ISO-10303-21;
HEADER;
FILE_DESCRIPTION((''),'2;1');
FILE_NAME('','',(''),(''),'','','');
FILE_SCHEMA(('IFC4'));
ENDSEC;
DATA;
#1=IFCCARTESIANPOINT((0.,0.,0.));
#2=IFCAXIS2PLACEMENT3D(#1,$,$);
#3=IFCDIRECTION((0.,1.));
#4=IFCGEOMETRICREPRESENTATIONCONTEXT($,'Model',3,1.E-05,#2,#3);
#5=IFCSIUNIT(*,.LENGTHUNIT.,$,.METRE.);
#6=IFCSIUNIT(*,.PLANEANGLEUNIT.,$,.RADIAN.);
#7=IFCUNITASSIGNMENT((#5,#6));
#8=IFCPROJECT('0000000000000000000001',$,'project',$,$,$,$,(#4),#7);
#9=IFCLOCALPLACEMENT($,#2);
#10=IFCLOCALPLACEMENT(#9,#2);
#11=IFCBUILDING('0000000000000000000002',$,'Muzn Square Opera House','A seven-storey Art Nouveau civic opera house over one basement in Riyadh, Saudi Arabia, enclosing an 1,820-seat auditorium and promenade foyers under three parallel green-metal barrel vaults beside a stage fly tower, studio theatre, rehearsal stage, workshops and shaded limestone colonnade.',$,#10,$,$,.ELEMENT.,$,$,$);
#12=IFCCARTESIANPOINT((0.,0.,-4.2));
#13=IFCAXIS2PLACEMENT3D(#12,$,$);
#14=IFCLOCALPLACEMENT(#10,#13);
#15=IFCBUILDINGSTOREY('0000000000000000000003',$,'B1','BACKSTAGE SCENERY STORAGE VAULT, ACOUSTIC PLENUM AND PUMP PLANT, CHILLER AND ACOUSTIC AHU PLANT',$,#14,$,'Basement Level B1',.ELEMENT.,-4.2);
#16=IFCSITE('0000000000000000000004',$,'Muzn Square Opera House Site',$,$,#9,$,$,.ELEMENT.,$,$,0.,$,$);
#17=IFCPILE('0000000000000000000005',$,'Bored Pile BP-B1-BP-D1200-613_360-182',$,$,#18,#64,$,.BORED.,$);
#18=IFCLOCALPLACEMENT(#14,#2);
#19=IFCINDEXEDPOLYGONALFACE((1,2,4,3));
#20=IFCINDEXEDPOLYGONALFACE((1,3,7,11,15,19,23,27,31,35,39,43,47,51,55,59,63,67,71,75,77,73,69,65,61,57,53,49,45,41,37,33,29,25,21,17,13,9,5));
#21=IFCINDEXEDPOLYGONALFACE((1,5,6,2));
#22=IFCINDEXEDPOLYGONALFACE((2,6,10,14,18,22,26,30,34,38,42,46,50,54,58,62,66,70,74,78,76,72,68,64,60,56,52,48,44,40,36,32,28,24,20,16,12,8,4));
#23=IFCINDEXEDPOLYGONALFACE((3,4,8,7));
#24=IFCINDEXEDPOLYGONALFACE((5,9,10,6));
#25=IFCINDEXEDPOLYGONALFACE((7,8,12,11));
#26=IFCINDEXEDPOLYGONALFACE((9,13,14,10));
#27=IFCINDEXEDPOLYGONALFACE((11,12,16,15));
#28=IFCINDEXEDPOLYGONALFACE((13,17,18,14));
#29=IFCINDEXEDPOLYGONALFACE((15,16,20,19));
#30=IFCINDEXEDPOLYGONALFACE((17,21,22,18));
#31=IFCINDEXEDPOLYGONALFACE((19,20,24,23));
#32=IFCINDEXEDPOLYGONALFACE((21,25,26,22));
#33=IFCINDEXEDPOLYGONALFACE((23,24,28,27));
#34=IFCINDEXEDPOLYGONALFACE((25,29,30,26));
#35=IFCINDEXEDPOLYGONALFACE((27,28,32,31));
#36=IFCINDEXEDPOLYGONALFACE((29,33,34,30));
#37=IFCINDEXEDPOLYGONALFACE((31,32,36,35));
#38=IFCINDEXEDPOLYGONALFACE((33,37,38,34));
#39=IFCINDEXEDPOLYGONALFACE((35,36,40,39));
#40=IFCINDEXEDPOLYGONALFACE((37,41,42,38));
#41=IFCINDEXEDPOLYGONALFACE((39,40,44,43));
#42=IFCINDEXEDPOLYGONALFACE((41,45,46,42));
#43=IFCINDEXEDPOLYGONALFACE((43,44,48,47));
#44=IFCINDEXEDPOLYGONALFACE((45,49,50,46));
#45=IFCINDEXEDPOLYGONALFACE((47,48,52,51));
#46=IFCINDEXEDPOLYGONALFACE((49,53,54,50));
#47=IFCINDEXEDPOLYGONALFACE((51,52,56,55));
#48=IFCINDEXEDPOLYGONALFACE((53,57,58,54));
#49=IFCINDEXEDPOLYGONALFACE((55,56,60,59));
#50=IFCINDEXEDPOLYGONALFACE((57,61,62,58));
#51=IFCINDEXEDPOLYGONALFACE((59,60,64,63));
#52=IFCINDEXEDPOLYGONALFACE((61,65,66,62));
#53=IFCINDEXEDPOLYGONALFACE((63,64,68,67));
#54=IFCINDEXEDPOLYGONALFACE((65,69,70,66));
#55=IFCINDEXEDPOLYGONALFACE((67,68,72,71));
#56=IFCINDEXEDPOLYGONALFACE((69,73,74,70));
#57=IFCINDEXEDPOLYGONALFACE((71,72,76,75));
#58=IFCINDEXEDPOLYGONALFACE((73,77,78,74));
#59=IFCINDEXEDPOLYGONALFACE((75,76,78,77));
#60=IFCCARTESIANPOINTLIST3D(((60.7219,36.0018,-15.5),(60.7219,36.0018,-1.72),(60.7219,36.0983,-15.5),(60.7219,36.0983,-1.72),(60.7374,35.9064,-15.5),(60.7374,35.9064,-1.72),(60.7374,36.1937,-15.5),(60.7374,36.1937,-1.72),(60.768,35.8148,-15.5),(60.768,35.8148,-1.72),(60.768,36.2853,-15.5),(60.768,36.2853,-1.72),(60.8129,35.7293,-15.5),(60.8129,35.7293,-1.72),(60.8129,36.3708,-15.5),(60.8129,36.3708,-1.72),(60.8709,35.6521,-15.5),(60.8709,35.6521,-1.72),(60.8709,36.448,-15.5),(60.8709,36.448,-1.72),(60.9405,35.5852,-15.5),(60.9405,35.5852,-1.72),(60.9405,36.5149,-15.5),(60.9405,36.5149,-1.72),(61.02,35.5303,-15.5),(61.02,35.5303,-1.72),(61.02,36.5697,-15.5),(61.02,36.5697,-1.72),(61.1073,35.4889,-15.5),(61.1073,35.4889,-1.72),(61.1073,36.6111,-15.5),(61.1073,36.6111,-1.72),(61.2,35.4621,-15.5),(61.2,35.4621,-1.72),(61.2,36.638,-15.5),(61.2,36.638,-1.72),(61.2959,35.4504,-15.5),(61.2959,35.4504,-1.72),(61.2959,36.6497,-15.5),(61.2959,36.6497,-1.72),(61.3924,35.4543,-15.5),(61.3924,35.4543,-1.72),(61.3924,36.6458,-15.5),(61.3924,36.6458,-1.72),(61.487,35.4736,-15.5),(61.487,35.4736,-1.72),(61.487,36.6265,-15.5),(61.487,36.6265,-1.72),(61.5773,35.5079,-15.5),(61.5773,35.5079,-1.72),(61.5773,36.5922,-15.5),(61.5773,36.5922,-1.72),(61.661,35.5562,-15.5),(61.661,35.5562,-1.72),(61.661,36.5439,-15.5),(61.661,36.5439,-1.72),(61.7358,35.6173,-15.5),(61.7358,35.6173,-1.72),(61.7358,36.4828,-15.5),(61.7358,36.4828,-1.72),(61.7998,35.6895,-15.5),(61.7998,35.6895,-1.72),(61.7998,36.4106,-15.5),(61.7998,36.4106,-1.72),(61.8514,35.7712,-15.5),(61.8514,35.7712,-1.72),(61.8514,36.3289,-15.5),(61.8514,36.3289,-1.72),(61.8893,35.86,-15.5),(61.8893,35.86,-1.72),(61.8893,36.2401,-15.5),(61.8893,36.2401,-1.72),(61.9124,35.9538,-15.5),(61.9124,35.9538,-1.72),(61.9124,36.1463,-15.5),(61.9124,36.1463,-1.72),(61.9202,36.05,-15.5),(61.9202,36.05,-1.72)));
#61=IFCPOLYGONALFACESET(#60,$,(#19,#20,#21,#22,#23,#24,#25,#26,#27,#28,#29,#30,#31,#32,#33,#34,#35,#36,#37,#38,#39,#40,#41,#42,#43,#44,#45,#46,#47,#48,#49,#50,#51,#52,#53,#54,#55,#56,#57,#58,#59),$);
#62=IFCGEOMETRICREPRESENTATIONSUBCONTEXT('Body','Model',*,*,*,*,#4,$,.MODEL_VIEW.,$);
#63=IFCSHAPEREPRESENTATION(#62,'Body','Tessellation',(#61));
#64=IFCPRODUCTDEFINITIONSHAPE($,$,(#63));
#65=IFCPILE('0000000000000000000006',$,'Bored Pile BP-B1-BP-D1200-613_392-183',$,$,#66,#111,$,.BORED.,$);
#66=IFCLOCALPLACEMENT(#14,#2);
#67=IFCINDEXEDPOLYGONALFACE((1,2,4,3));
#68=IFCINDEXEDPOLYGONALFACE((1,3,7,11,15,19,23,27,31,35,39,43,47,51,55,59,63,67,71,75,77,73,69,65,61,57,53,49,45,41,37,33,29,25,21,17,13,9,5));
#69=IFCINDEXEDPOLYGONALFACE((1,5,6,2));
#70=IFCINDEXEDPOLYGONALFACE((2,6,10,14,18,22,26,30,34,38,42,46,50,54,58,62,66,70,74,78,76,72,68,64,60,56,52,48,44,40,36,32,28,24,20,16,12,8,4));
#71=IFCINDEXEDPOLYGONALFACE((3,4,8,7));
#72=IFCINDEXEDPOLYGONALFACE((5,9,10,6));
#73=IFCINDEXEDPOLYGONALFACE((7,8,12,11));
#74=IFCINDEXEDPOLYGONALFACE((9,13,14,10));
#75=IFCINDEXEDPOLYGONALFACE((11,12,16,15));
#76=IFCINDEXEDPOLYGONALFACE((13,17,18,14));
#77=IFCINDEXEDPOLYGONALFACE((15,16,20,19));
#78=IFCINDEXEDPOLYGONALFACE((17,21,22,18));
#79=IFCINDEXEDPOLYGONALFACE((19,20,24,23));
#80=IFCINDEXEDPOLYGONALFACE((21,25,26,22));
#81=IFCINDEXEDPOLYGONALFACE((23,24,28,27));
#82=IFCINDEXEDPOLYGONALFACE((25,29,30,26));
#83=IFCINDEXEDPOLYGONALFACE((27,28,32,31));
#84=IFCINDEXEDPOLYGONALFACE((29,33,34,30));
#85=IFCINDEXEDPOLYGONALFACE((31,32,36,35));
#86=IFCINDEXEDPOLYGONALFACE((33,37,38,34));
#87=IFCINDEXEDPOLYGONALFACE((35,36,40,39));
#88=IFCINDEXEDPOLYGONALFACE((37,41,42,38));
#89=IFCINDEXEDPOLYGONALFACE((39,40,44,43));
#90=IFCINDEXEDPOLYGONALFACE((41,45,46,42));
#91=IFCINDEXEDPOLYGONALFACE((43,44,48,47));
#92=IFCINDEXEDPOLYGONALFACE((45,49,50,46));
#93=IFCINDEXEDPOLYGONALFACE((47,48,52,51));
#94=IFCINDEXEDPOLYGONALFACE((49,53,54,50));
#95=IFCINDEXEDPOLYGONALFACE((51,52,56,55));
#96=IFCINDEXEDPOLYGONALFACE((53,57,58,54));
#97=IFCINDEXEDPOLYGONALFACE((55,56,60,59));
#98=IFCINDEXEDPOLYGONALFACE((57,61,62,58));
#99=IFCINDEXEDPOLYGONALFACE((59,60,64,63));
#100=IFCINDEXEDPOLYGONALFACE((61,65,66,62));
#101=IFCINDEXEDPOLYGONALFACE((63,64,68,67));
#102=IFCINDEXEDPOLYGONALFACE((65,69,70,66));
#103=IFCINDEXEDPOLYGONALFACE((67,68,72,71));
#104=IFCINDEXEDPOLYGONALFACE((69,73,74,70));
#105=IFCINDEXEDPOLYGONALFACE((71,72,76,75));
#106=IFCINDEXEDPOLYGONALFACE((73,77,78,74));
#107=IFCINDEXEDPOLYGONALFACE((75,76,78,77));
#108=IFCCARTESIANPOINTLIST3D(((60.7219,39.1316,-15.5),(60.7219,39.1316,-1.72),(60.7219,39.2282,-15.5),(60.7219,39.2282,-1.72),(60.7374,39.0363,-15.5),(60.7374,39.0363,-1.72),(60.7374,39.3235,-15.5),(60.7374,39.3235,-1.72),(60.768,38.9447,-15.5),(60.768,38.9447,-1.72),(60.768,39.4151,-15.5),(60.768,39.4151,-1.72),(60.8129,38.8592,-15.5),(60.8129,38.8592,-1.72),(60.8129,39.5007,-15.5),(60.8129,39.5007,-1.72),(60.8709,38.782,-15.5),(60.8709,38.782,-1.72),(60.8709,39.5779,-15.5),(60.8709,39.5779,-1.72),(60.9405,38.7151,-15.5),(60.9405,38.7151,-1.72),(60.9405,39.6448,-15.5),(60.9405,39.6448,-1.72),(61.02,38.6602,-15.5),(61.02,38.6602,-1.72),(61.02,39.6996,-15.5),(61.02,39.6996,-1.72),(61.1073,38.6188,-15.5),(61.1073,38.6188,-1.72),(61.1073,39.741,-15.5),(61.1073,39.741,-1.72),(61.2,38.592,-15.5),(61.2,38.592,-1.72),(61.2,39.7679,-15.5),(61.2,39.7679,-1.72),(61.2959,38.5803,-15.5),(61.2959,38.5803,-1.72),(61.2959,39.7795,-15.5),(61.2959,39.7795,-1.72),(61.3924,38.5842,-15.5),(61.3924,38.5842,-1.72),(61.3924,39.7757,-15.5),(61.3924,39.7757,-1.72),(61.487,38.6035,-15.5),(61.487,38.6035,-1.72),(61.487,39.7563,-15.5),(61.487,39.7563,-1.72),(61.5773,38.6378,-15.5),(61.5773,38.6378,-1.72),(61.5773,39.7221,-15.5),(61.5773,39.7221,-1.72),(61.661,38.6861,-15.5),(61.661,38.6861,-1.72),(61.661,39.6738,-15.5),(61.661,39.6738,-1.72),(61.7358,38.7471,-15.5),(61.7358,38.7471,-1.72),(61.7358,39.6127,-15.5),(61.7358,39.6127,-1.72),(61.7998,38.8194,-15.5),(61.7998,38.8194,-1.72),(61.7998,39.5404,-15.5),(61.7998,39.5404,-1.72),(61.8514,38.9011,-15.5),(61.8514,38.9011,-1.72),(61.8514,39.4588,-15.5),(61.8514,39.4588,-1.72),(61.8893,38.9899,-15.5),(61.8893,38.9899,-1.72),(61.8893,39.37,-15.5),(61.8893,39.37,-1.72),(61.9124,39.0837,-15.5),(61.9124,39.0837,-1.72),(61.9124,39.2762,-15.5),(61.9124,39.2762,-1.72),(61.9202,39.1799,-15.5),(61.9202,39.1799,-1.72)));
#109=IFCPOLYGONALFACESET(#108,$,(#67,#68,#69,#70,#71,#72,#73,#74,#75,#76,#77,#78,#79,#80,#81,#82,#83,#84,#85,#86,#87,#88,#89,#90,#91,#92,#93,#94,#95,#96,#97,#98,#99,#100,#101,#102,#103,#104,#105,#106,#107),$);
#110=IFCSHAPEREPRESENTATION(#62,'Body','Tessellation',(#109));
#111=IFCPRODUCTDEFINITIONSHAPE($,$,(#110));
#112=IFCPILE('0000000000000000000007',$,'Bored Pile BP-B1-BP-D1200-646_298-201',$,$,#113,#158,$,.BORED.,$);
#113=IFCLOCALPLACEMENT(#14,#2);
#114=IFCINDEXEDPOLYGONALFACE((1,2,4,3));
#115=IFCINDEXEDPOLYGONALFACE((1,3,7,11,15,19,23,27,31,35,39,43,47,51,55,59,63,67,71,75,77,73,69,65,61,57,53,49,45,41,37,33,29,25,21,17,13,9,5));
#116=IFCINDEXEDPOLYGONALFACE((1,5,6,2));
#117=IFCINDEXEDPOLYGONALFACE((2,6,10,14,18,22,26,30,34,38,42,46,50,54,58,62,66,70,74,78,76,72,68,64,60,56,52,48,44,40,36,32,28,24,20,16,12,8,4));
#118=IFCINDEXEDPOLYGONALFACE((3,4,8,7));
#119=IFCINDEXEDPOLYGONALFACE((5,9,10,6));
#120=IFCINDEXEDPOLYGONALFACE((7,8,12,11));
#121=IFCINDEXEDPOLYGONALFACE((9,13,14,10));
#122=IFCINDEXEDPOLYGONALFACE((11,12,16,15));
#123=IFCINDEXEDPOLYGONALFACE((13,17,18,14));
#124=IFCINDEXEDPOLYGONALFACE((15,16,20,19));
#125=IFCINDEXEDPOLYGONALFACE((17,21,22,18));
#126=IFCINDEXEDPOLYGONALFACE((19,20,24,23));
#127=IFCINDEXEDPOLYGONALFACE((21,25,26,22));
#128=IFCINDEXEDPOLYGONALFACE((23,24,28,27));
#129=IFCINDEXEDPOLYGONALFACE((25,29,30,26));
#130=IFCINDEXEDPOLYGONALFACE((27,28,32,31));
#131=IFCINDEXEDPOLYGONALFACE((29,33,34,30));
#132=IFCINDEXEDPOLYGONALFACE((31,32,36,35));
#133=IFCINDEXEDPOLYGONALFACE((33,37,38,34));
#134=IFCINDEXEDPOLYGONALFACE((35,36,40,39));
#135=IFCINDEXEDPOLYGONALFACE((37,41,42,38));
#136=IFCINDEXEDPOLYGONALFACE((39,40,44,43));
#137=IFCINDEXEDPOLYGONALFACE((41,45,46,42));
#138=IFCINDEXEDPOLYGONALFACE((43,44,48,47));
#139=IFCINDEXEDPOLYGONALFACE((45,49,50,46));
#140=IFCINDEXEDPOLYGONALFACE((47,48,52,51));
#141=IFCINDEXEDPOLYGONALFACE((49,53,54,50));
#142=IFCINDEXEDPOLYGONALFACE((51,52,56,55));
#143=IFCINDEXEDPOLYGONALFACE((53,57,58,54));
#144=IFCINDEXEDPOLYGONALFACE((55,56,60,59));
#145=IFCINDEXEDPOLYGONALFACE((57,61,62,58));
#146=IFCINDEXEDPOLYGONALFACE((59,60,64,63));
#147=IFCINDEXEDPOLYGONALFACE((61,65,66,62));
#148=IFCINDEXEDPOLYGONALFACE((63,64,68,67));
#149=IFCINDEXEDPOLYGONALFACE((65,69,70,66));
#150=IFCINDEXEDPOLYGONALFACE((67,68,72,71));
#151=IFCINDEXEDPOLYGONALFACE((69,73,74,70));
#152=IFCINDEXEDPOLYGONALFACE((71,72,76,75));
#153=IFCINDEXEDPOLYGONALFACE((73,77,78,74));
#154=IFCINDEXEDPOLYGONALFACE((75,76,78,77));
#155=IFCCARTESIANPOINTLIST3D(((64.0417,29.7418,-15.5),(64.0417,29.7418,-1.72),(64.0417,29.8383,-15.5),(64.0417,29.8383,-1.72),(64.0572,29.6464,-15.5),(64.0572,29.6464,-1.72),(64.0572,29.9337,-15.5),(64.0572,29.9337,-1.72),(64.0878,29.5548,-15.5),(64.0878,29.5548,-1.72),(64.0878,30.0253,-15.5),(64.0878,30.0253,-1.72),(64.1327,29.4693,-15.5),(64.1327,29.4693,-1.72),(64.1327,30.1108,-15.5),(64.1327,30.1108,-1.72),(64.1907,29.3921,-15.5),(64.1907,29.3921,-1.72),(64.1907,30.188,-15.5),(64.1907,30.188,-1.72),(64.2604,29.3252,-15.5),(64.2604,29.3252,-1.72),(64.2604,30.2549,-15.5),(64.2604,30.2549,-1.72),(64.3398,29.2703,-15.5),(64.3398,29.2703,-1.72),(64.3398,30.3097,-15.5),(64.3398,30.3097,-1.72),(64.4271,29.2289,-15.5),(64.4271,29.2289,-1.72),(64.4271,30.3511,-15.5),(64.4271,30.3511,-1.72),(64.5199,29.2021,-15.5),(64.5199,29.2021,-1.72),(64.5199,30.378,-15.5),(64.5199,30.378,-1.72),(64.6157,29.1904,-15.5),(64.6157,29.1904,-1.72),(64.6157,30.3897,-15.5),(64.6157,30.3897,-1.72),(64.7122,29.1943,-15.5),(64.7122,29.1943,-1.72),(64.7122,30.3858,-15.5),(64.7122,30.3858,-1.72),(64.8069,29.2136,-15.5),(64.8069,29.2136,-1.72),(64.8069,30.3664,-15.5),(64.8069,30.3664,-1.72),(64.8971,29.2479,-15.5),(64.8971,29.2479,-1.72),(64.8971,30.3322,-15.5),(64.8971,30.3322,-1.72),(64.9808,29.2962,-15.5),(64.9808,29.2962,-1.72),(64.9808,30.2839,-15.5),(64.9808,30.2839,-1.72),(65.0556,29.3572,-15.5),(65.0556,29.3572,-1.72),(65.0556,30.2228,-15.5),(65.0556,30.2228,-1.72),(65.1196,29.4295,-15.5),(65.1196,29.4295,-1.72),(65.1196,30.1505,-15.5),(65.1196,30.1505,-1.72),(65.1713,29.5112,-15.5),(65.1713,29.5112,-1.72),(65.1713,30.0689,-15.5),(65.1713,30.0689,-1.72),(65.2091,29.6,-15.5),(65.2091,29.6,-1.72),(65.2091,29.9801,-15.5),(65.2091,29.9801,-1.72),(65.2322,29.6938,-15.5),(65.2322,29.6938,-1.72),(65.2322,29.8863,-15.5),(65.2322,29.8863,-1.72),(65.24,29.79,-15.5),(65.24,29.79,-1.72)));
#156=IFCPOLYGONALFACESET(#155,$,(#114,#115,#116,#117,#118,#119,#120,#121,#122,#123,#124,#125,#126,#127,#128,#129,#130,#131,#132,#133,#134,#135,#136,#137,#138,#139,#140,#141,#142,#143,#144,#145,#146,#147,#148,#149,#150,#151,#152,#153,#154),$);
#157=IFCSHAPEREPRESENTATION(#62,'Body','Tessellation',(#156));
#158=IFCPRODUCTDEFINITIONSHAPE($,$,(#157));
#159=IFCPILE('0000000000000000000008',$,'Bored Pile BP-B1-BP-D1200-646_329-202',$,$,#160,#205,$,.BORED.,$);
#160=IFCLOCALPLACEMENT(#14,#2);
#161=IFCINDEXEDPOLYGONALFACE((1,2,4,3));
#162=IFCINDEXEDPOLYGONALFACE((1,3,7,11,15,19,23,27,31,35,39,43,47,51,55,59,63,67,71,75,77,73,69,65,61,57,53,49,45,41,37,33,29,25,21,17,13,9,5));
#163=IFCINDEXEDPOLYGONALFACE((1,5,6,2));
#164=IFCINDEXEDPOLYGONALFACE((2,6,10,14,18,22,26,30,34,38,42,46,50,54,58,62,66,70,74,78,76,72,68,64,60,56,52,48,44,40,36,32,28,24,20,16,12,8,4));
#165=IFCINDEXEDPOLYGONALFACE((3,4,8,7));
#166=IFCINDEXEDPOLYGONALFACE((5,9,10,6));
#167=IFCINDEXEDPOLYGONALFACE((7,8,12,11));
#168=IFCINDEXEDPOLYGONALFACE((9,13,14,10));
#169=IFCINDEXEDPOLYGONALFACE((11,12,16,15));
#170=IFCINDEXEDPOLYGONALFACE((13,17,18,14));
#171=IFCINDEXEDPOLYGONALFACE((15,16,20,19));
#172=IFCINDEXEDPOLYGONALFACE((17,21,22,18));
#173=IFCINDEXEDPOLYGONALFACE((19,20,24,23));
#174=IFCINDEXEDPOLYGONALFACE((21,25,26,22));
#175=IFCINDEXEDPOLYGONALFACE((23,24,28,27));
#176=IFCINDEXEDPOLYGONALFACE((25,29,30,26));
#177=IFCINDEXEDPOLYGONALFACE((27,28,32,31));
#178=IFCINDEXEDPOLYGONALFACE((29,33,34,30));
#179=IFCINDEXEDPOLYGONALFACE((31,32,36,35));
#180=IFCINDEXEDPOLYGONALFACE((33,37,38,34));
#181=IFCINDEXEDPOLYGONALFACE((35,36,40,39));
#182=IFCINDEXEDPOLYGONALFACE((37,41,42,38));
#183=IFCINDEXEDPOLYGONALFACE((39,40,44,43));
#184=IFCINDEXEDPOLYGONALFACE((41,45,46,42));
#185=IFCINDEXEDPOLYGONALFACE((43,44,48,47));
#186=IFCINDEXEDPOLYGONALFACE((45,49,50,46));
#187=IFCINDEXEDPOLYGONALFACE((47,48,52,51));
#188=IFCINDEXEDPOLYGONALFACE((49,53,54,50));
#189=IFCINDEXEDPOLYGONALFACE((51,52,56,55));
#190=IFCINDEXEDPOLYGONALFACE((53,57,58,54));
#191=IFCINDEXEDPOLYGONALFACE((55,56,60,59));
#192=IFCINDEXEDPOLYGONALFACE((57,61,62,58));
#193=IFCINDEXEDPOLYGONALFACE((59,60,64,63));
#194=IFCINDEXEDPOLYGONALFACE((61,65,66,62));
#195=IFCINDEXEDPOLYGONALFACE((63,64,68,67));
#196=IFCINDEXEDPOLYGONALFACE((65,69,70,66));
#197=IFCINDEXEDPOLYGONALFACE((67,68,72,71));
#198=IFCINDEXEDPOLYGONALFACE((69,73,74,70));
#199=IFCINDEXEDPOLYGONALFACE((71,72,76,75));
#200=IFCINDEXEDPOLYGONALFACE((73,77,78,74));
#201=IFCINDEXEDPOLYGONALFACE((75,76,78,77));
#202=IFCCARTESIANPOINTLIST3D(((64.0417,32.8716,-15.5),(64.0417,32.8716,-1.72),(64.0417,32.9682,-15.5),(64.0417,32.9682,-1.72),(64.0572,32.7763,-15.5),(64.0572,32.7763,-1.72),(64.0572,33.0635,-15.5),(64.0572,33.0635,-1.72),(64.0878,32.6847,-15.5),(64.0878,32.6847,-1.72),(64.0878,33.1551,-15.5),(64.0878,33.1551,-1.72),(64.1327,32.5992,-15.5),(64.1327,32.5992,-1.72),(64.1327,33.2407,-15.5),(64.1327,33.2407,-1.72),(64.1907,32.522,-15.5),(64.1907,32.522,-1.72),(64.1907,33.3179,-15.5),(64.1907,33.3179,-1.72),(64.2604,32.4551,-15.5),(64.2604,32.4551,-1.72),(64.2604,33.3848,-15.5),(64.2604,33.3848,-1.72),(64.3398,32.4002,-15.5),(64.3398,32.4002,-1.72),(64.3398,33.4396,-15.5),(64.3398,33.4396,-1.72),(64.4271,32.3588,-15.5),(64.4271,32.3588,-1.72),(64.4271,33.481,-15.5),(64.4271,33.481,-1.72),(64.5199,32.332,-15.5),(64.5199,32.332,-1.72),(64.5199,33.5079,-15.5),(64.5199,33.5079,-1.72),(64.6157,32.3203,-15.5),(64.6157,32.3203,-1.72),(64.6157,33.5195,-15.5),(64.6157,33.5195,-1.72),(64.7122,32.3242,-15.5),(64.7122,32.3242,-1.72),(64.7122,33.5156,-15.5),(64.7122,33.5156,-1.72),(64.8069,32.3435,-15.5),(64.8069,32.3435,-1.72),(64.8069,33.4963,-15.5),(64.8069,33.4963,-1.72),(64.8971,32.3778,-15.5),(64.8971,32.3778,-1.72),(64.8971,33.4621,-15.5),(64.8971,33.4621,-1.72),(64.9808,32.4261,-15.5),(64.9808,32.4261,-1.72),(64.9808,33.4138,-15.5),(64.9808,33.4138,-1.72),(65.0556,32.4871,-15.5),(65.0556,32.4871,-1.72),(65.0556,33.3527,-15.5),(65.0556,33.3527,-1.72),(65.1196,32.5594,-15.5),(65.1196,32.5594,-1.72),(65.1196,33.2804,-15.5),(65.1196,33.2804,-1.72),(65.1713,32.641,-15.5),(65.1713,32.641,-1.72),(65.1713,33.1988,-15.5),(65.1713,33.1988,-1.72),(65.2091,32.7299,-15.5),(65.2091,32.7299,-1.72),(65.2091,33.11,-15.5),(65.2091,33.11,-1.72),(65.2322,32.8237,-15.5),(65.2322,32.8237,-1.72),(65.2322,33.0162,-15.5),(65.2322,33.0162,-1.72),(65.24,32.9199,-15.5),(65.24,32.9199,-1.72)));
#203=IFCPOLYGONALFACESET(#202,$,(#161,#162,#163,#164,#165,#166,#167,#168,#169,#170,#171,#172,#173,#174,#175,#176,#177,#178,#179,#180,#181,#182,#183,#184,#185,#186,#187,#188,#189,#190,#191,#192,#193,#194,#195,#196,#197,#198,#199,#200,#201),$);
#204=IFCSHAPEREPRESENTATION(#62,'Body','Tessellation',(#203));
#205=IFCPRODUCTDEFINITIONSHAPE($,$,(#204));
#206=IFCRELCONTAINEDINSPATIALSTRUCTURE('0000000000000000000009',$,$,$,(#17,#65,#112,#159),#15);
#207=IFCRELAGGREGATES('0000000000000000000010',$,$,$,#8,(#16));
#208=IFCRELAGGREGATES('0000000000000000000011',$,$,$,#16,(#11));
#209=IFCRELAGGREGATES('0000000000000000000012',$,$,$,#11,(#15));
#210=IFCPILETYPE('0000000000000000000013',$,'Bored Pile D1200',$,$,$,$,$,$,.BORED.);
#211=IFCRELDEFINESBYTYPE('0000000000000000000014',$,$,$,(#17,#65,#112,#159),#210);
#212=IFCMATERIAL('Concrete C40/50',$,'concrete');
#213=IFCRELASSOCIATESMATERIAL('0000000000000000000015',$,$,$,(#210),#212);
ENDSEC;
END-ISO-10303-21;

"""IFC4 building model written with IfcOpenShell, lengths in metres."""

from ifc_helpers import new_model, si_unit, direction, frame, origin, origin_2d, place, context, subcontext, project, spatial, circle, extrude, material, material_profile, profile_set, type_object, element, save


model = new_model("IFC4")

# Units and contexts
model_context = context("Model", 3, precision=1e-05, world=origin(), true_north=direction((0.0, 1.0)))
body_context = subcontext(model_context, "Body", "Model", "MODEL_VIEW")
ifc_project = project(units=[si_unit("LENGTHUNIT", "METRE"), si_unit("PLANEANGLEUNIT", "RADIAN")], contexts=[model_context])

# Site, building, storey
site_placement = place(None, origin())
site = spatial("IfcSite", under=ifc_project, at=site_placement, Name="Muzn Square Opera House Site", CompositionType="ELEMENT", RefElevation=0.0)
building_placement = place(site_placement, origin())
building = spatial("IfcBuilding", under=site, at=building_placement, Name="Muzn Square Opera House", Description="A seven-storey Art Nouveau civic opera house over one basement in Riyadh, Saudi Arabia, enclosing an 1,820-seat auditorium and promenade foyers under three parallel green-metal barrel vaults beside a stage fly tower, studio theatre, rehearsal stage, workshops and shaded limestone colonnade.", CompositionType="ELEMENT")
storey_placement = place(building_placement, frame((0.0, 0.0, -4.2)))
storey = spatial("IfcBuildingStorey", under=building, at=storey_placement, Name="B1", Description="BACKSTAGE SCENERY STORAGE VAULT, ACOUSTIC PLENUM AND PUMP PLANT, CHILLER AND ACOUSTIC AHU PLANT", LongName="Basement Level B1", CompositionType="ELEMENT", Elevation=-4.2)

# Piles
ifc_material_1 = material(Name="Concrete C40/50", Category="concrete")
ifc_material_profile_1 = material_profile(ifc_material_1, circle(Radius=0.6001, at=origin_2d()), Name="BORED PILE D1200", Category="concrete")
ifc_profile_set_1 = profile_set([ifc_material_profile_1], Name="Concrete C40/50")
pile_type = type_object("IfcPileType", Name="Bored Pile D1200", PredefinedType="BORED", material=ifc_profile_set_1)
for number, where, z_axis, x_axis, name in (
    (1, (61.3201, 36.05, -1.72), (0.0, 0.0, -1.0), (1.0, 0.0, 0.0), "Bored Pile BP-B1-BP-D1200-613_360-182"),
    (2, (61.3201, 39.1799, -1.72), (0.0, 0.0, -1.0), (1.0, 0.0, 0.0), "Bored Pile BP-B1-BP-D1200-613_392-183"),
    (3, (64.6399, 29.79, -1.72), (0.0, 0.0, -1.0), (1.0, 0.0, 0.0), "Bored Pile BP-B1-BP-D1200-646_298-201"),
    (4, (64.6399, 32.9199, -1.72), (0.0, 0.0, -1.0), (1.0, 0.0, 0.0), "Bored Pile BP-B1-BP-D1200-646_329-202"),
):
    element("IfcPile", number, at=place(storey_placement, frame(where, z_axis=z_axis, x_axis=x_axis)), inside=storey, type_object=pile_type, Name=name, PredefinedType="BORED", context=body_context, shape_type="SweptSolid", body=[
        extrude(circle(Radius=0.6001, at=origin_2d()), origin(), (0.0, 0.0, 1.0), 13.78),
    ])

save(model, "model.ifc")
